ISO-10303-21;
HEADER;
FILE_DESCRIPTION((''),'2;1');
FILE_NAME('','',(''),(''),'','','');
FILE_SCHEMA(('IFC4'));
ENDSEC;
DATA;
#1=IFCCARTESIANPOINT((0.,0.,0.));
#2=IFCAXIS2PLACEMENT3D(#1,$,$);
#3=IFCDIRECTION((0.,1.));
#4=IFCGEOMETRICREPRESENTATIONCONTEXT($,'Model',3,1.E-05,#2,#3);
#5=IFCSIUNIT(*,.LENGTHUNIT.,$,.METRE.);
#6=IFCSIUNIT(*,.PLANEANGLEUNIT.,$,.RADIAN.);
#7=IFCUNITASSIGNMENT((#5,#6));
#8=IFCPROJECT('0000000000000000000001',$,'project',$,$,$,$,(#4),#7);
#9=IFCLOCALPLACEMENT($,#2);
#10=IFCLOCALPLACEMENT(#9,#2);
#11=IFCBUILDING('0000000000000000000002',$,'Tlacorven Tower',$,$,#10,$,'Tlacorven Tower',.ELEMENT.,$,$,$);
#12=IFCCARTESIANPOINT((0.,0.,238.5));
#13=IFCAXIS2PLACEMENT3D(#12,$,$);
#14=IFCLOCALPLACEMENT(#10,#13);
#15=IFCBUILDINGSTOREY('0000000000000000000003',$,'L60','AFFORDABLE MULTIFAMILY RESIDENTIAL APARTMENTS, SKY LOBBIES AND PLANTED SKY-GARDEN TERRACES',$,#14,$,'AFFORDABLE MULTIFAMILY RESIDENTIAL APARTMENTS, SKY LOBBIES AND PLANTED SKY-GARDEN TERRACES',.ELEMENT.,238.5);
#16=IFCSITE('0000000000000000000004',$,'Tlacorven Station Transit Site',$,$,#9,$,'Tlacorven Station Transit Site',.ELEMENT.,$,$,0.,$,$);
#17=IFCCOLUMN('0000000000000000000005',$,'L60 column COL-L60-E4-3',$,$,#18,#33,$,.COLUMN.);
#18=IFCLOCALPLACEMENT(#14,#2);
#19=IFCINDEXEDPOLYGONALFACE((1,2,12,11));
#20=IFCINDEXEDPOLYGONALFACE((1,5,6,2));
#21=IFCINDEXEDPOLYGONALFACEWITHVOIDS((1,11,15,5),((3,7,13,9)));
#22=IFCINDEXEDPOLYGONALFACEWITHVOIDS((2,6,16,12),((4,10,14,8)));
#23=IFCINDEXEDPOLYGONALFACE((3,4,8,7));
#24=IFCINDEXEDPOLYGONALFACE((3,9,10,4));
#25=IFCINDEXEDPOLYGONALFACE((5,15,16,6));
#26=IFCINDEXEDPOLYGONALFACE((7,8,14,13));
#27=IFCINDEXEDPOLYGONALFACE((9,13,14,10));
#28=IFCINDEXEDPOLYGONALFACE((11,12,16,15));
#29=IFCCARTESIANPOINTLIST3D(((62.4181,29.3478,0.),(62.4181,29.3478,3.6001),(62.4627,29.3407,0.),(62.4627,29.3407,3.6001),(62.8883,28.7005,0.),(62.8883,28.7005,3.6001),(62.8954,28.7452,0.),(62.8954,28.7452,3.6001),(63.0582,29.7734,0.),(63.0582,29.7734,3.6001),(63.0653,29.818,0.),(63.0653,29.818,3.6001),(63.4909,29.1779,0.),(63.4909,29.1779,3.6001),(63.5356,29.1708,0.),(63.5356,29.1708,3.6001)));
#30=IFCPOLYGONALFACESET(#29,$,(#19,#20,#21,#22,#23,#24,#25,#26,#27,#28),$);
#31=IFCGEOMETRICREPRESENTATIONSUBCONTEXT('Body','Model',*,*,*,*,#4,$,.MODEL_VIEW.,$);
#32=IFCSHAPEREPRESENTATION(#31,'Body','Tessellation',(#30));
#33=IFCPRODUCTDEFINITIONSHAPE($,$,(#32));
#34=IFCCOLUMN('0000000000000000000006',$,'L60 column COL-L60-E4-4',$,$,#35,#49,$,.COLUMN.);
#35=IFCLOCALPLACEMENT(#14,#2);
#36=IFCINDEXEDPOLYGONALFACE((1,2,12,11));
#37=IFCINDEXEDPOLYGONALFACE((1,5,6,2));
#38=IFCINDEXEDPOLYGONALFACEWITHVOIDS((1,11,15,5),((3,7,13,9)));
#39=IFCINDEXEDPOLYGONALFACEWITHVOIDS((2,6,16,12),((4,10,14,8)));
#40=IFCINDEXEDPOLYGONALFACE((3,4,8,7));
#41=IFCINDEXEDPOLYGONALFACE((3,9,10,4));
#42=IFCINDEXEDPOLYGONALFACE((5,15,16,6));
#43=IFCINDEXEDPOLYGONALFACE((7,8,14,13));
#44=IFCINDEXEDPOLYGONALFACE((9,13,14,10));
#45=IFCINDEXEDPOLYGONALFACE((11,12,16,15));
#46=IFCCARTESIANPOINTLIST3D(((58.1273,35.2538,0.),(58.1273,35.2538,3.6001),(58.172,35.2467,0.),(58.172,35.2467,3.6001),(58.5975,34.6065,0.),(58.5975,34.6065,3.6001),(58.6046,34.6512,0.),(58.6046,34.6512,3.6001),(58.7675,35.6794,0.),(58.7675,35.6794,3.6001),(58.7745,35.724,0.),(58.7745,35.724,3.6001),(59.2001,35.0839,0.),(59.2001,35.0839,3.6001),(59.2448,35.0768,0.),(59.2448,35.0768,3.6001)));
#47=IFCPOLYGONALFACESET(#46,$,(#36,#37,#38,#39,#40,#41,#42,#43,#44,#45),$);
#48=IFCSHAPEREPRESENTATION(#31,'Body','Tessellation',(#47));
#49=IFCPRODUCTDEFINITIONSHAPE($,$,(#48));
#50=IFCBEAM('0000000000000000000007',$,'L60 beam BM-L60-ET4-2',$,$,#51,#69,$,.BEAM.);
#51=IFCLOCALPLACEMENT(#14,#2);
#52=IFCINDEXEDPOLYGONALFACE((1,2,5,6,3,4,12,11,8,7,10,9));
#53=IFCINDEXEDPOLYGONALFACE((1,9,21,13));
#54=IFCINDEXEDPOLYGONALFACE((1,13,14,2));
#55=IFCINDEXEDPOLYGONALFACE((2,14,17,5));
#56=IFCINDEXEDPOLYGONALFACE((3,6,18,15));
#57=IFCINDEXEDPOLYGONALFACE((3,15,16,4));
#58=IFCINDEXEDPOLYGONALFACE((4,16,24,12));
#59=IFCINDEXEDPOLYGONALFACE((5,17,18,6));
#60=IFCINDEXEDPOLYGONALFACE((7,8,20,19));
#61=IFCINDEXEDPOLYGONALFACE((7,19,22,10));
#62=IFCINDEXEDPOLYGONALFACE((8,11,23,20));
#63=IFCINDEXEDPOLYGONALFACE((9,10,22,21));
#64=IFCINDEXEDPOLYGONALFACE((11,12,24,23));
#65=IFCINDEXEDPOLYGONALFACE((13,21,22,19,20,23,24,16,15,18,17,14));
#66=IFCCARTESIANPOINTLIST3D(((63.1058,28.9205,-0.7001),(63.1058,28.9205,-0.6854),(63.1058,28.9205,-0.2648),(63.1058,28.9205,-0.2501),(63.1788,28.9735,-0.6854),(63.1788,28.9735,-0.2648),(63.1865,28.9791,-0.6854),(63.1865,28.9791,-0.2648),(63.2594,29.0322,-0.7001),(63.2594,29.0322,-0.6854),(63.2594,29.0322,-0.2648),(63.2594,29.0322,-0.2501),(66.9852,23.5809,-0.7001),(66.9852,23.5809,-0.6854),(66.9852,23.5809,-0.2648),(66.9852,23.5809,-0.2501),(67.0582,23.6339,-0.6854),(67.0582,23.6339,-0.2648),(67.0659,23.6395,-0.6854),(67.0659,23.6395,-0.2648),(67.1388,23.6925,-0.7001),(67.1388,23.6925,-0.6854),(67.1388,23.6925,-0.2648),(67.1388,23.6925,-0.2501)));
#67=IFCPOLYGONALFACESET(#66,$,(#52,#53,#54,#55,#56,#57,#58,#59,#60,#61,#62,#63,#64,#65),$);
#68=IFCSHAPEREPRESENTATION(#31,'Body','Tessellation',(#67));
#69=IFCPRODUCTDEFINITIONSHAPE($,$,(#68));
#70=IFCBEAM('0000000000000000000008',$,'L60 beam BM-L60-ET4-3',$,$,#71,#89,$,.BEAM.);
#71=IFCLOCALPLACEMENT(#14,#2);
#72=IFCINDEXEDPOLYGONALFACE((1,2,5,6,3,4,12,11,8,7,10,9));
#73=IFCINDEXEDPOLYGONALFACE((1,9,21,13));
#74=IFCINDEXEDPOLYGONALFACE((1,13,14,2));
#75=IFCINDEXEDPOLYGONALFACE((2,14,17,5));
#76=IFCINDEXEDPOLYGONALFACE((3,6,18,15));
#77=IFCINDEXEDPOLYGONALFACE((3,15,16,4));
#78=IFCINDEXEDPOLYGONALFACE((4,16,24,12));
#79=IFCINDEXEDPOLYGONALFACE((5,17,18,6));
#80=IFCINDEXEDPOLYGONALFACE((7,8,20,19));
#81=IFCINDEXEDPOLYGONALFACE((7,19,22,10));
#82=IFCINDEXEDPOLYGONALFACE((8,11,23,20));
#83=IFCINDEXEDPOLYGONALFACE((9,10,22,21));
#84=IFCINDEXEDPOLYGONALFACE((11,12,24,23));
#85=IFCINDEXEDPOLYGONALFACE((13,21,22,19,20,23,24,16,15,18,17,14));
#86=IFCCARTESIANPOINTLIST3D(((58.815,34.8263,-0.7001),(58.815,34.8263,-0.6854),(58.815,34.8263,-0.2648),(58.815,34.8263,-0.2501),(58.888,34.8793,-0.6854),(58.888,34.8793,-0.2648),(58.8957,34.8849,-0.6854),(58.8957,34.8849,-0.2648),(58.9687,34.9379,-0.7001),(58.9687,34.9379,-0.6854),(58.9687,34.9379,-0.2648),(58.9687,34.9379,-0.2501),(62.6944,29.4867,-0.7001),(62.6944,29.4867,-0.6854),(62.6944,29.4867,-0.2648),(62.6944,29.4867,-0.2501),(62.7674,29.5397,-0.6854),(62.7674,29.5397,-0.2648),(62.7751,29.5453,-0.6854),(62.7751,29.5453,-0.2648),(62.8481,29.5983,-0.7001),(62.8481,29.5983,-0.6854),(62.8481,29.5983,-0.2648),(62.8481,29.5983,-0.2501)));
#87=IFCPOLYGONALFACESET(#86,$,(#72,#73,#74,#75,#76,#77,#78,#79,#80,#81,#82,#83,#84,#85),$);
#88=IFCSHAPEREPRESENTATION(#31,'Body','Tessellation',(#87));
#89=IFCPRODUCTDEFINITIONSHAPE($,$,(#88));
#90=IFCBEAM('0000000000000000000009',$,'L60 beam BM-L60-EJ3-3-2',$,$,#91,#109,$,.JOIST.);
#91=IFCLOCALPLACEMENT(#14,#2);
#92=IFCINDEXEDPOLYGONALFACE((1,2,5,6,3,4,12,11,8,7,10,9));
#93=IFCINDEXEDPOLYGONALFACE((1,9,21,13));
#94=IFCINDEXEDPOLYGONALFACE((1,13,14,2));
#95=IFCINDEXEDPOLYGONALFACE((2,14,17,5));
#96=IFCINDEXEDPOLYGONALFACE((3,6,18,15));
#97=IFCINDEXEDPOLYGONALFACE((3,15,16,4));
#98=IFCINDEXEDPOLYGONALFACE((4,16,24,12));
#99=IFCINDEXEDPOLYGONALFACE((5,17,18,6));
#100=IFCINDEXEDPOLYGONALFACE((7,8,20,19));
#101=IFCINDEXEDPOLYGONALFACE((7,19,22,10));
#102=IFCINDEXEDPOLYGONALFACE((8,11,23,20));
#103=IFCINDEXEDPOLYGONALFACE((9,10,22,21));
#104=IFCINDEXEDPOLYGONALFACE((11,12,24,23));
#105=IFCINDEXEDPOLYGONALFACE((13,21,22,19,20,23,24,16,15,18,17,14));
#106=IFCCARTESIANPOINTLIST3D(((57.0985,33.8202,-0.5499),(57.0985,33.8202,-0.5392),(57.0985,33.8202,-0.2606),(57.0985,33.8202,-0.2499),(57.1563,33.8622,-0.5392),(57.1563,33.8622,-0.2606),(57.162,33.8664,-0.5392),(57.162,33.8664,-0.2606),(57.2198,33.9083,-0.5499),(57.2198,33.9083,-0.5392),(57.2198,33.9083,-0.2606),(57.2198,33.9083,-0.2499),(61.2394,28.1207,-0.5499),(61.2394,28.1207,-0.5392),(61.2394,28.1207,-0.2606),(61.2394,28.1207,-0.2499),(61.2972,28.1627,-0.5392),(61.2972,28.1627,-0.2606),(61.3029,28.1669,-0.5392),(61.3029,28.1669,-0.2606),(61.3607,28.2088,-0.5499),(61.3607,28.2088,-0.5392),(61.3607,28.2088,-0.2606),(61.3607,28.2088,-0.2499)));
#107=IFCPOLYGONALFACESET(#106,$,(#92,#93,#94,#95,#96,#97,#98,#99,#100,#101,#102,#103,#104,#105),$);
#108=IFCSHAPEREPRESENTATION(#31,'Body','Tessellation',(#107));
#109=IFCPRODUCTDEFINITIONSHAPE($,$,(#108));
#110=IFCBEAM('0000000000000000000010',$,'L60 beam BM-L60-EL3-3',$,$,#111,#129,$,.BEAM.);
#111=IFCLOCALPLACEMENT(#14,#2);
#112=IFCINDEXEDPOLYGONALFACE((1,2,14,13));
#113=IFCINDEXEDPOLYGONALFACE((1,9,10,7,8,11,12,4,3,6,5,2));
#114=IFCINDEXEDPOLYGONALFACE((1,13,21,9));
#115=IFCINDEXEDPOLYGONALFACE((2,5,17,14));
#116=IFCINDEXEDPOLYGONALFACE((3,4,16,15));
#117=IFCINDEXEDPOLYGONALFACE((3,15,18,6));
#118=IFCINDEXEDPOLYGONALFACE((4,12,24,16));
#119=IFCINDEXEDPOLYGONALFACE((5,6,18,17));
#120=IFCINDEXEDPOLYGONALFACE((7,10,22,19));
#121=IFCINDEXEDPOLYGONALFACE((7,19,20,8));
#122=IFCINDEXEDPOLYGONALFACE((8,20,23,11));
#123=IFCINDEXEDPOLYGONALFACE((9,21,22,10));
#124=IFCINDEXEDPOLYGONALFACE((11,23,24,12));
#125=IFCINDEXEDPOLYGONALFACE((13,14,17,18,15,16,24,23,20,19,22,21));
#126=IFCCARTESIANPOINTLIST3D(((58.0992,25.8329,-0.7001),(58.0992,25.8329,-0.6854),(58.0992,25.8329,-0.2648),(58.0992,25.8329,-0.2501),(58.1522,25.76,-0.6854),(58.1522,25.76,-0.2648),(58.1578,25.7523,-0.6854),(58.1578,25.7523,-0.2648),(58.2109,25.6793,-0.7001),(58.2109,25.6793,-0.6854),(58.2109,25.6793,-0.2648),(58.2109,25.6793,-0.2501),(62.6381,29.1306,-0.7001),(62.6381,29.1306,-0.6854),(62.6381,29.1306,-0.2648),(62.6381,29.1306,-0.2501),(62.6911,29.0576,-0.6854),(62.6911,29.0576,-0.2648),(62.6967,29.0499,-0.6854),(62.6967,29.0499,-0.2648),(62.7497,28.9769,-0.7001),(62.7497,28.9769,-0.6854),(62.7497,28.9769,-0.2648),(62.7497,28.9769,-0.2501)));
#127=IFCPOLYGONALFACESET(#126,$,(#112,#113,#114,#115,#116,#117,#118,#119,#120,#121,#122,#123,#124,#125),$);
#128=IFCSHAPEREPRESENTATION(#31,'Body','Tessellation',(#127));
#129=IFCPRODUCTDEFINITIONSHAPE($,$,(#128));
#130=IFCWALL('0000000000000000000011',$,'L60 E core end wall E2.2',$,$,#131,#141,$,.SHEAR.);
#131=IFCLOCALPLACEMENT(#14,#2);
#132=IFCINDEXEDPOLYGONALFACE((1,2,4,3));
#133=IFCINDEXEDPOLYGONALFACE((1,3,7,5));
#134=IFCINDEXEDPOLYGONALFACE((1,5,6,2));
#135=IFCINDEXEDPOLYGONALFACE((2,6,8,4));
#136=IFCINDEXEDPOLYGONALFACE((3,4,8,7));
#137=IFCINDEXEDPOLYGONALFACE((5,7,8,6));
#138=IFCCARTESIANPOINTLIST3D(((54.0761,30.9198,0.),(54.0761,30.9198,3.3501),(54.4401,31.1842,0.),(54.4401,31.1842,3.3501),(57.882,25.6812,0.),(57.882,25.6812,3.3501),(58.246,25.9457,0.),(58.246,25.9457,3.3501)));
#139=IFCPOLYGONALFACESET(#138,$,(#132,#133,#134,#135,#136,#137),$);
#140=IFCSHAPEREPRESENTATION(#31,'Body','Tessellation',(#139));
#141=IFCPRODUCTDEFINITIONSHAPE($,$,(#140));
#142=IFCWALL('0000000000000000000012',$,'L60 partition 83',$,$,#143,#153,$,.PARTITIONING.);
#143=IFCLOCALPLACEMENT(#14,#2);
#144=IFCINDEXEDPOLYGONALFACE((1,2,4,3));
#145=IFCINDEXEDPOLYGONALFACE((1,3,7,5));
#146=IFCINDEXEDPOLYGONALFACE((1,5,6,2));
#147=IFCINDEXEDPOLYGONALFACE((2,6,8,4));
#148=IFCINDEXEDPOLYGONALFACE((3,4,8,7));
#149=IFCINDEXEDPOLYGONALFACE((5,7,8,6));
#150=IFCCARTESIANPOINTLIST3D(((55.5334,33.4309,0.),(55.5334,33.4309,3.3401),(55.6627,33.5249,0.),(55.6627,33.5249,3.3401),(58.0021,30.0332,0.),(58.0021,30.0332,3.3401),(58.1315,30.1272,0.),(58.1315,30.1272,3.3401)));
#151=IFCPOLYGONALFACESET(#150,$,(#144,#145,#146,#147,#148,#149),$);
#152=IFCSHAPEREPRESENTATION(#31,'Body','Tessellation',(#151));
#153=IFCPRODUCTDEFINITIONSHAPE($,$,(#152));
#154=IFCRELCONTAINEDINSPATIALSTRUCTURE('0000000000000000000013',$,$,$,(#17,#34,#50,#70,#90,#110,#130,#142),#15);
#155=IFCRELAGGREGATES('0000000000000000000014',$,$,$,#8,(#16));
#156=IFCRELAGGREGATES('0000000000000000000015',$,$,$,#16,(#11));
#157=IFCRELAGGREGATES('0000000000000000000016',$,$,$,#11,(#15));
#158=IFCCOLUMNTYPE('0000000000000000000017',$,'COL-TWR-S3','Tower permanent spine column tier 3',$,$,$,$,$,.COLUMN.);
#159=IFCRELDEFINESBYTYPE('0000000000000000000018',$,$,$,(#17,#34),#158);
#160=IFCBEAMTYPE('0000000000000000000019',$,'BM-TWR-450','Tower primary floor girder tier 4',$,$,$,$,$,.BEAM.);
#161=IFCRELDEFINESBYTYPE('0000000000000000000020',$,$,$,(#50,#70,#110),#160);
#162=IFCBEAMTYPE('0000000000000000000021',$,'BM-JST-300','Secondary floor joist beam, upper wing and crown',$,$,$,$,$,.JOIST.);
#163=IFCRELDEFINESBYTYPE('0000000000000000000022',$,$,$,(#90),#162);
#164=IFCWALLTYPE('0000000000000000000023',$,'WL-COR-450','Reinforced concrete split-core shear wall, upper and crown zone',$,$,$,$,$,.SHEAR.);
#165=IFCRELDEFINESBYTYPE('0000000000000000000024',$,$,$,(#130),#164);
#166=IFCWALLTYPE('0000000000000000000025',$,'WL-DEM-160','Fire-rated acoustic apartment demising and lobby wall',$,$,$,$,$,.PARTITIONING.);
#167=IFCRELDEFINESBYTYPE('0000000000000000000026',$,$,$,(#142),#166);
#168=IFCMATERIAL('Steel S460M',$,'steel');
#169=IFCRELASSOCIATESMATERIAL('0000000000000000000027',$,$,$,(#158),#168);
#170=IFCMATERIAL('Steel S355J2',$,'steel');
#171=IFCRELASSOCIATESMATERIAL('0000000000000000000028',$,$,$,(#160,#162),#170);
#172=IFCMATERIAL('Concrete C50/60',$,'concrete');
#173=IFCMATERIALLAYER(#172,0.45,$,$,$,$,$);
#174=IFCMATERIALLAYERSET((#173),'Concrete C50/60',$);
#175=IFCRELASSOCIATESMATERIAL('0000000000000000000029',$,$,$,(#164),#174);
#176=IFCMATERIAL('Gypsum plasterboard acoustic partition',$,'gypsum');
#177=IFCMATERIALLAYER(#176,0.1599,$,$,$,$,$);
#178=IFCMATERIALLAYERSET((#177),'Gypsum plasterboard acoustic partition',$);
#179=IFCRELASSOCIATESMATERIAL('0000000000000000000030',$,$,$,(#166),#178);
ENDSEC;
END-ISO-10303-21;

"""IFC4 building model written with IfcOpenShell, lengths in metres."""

from ifc_helpers import new_model, si_unit, direction, frame, frame_2d, origin, origin_2d, place, context, subcontext, project, spatial, rectangle, hollow_rectangle, i_section, extrude, source, transform, mapped, material, layer, layer_set, material_profile, profile_set, type_object, element, save


model = new_model("IFC4")

# Units and contexts
model_context = context("Model", 3, precision=1e-05, world=origin(), true_north=direction((0.0, 1.0)))
body_context = subcontext(model_context, "Body", "Model", "MODEL_VIEW")
ifc_project = project(units=[si_unit("LENGTHUNIT", "METRE"), si_unit("PLANEANGLEUNIT", "RADIAN")], contexts=[model_context])

# Site, building, storey
site_placement = place(None, origin())
site = spatial("IfcSite", under=ifc_project, at=site_placement, Name="Tlacorven Station Transit Site", LongName="Tlacorven Station Transit Site", CompositionType="ELEMENT", RefElevation=0.0)
building_placement = place(site_placement, origin())
building = spatial("IfcBuilding", under=site, at=building_placement, Name="Tlacorven Tower", LongName="Tlacorven Tower", CompositionType="ELEMENT")
storey_placement = place(building_placement, frame((0.0, 0.0, 238.5)))
storey = spatial("IfcBuildingStorey", under=building, at=storey_placement, Name="L60", Description="AFFORDABLE MULTIFAMILY RESIDENTIAL APARTMENTS, SKY LOBBIES AND PLANTED SKY-GARDEN TERRACES", LongName="AFFORDABLE MULTIFAMILY RESIDENTIAL APARTMENTS, SKY LOBBIES AND PLANTED SKY-GARDEN TERRACES", CompositionType="ELEMENT", Elevation=238.5)

# Columns
ifc_material_1 = material(Name="Steel S460M", Category="steel")
ifc_material_profile_1 = material_profile(ifc_material_1, hollow_rectangle(XDim=0.8, YDim=0.8, WallThickness=0.032, at=origin_2d()), Name="BOX 800X800X32")
ifc_profile_set_1 = profile_set([ifc_material_profile_1], Name="Steel S460M")
column_type = type_object("IfcColumnType", Name="COL-TWR-S3", Description="Tower permanent spine column tier 3", PredefinedType="COLUMN", material=ifc_profile_set_1)
shared_shape_1 = source(origin(), body_context, "Body", "SweptSolid", [
    extrude(hollow_rectangle(XDim=0.8, YDim=0.8, WallThickness=0.032, at=origin_2d()), origin(), (0.0, 0.0, 1.0), 3.6001),
])
for number, where, z_axis, x_axis, name in (
    (1, (62.9768, 29.2593, 0.0), (0.0, 0.0, 1.0), (0.809017, 0.587785, 0.0), "L60 column COL-L60-E4-3"),
    (2, (58.686, 35.1653, 0.0), (0.0, 0.0, 1.0), (0.809017, 0.587785, 0.0), "L60 column COL-L60-E4-4"),
):
    element("IfcColumn", number, at=place(storey_placement, frame(where, z_axis=z_axis, x_axis=x_axis)), inside=storey, type_object=column_type, Name=name, PredefinedType="COLUMN", context=body_context, shape_type="MappedRepresentation", body=[
        mapped(shared_shape_1, transform((0.0, 0.0, 0.0), scale=1.0)),
    ])

# Beams
ifc_material_2 = material(Name="Steel S355J2", Category="steel")
ifc_material_profile_2 = material_profile(ifc_material_2, i_section(OverallWidth=0.1899, OverallDepth=0.45, WebThickness=0.0095, FlangeThickness=0.0146, at=origin_2d()), Name="IPE 450")
ifc_profile_set_2 = profile_set([ifc_material_profile_2], Name="Steel S355J2")
beam_type_1 = type_object("IfcBeamType", Name="BM-TWR-450", Description="Tower primary floor girder tier 4", PredefinedType="BEAM", material=ifc_profile_set_2)
shared_shape_2 = source(origin(), body_context, "Body", "SweptSolid", [
    extrude(i_section(OverallWidth=0.1899, OverallDepth=0.45, WebThickness=0.0095, FlangeThickness=0.0146, at=origin_2d()), origin(), (0.0, 0.0, 1.0), 6.6001),
])
for number, where, z_axis, x_axis, name in (
    (3, (67.062, 23.6367, -0.4751), (-0.58778, 0.809021, 0.0), (-0.809021, -0.58778, 0.0), "L60 beam BM-L60-ET4-2"),
    (4, (62.7712, 29.5425, -0.4751), (-0.58778, 0.809021, 0.0), (-0.809021, -0.58778, 0.0), "L60 beam BM-L60-ET4-3"),
):
    element("IfcBeam", number, at=place(storey_placement, frame(where, z_axis=z_axis, x_axis=x_axis)), inside=storey, type_object=beam_type_1, Name=name, PredefinedType="BEAM", context=body_context, shape_type="MappedRepresentation", body=[
        mapped(shared_shape_2, transform((0.0, 0.0, 0.0), scale=1.0)),
    ])
ifc_material_profile_3 = material_profile(ifc_material_2, i_section(OverallWidth=0.1499, OverallDepth=0.3, WebThickness=0.0071, FlangeThickness=0.0107, at=origin_2d()), Name="IPE 300")
ifc_profile_set_3 = profile_set([ifc_material_profile_3], Name="Steel S355J2")
beam_type_2 = type_object("IfcBeamType", Name="BM-JST-300", Description="Secondary floor joist beam, upper wing and crown", PredefinedType="JOIST", material=ifc_profile_set_3)
shared_shape_3 = source(origin(), body_context, "Body", "SweptSolid", [
    extrude(i_section(OverallWidth=0.1499, OverallDepth=0.3, WebThickness=0.0071, FlangeThickness=0.0107, at=origin_2d()), origin(), (0.0, 0.0, 1.0), 7.0449),
])
beam_1_placement = place(storey_placement, frame((61.3, 28.1648, -0.3999), z_axis=(-0.587782, 0.809019, 0.0), x_axis=(-0.809019, -0.587782, 0.0)))
element("IfcBeam", 5, at=beam_1_placement, inside=storey, type_object=beam_type_2, Name="L60 beam BM-L60-EJ3-3-2", PredefinedType="JOIST", context=body_context, shape_type="MappedRepresentation", body=[
    mapped(shared_shape_3, transform((0.0, 0.0, 0.0), scale=1.0)),
])
shared_shape_4 = source(origin(), body_context, "Body", "SweptSolid", [
    extrude(i_section(OverallWidth=0.1899, OverallDepth=0.45, WebThickness=0.0095, FlangeThickness=0.0146, at=origin_2d()), origin(), (0.0, 0.0, 1.0), 5.6104),
])
beam_2_placement = place(storey_placement, frame((58.155, 25.7561, -0.4751), z_axis=(0.80902, 0.587781, 0.0), x_axis=(-0.587781, 0.80902, 0.0)))
element("IfcBeam", 6, at=beam_2_placement, inside=storey, type_object=beam_type_1, Name="L60 beam BM-L60-EL3-3", PredefinedType="BEAM", context=body_context, shape_type="MappedRepresentation", body=[
    mapped(shared_shape_4, transform((0.0, 0.0, 0.0), scale=1.0)),
])

# Walls
ifc_material_3 = material(Name="Concrete C50/60", Category="concrete")
ifc_layer_1 = layer(ifc_material_3, 0.45)
ifc_layer_set_1 = layer_set([ifc_layer_1], Name="Concrete C50/60")
wall_type_1 = type_object("IfcWallType", Name="WL-COR-450", Description="Reinforced concrete split-core shear wall, upper and crown zone", PredefinedType="SHEAR", material=ifc_layer_set_1)
wall_1_placement = place(storey_placement, frame((58.064, 25.8135, 0.0), z_axis=(0.0, 0.0, 1.0), x_axis=(-0.587775, 0.809025, 0.0)))
element("IfcWall", 7, at=wall_1_placement, inside=storey, type_object=wall_type_1, Name="L60 E core end wall E2.2", PredefinedType="SHEAR", context=body_context, shape_type="SweptSolid", body=[
    extrude(rectangle(XDim=6.4751, YDim=0.45, at=frame_2d((3.2375, 0.0))), origin(), (0.0, 0.0, 1.0), 3.3501),
])
ifc_material_4 = material(Name="Gypsum plasterboard acoustic partition", Category="gypsum")
ifc_layer_2 = layer(ifc_material_4, 0.1599)
ifc_layer_set_2 = layer_set([ifc_layer_2], Name="Gypsum plasterboard acoustic partition")
wall_type_2 = type_object("IfcWallType", Name="WL-DEM-160", Description="Fire-rated acoustic apartment demising and lobby wall", PredefinedType="PARTITIONING", material=ifc_layer_set_2)
wall_2_placement = place(storey_placement, frame((58.0669, 30.0801, 0.0), z_axis=(0.0, 0.0, 1.0), x_axis=(-0.587812, 0.808997, 0.0)))
element("IfcWall", 8, at=wall_2_placement, inside=storey, type_object=wall_type_2, Name="L60 partition 83", PredefinedType="PARTITIONING", context=body_context, shape_type="SweptSolid", body=[
    extrude(rectangle(XDim=4.2, YDim=0.1599, at=frame_2d((2.1001, 0.0))), origin(), (0.0, 0.0, 1.0), 3.3401),
])

save(model, "model.ifc")
